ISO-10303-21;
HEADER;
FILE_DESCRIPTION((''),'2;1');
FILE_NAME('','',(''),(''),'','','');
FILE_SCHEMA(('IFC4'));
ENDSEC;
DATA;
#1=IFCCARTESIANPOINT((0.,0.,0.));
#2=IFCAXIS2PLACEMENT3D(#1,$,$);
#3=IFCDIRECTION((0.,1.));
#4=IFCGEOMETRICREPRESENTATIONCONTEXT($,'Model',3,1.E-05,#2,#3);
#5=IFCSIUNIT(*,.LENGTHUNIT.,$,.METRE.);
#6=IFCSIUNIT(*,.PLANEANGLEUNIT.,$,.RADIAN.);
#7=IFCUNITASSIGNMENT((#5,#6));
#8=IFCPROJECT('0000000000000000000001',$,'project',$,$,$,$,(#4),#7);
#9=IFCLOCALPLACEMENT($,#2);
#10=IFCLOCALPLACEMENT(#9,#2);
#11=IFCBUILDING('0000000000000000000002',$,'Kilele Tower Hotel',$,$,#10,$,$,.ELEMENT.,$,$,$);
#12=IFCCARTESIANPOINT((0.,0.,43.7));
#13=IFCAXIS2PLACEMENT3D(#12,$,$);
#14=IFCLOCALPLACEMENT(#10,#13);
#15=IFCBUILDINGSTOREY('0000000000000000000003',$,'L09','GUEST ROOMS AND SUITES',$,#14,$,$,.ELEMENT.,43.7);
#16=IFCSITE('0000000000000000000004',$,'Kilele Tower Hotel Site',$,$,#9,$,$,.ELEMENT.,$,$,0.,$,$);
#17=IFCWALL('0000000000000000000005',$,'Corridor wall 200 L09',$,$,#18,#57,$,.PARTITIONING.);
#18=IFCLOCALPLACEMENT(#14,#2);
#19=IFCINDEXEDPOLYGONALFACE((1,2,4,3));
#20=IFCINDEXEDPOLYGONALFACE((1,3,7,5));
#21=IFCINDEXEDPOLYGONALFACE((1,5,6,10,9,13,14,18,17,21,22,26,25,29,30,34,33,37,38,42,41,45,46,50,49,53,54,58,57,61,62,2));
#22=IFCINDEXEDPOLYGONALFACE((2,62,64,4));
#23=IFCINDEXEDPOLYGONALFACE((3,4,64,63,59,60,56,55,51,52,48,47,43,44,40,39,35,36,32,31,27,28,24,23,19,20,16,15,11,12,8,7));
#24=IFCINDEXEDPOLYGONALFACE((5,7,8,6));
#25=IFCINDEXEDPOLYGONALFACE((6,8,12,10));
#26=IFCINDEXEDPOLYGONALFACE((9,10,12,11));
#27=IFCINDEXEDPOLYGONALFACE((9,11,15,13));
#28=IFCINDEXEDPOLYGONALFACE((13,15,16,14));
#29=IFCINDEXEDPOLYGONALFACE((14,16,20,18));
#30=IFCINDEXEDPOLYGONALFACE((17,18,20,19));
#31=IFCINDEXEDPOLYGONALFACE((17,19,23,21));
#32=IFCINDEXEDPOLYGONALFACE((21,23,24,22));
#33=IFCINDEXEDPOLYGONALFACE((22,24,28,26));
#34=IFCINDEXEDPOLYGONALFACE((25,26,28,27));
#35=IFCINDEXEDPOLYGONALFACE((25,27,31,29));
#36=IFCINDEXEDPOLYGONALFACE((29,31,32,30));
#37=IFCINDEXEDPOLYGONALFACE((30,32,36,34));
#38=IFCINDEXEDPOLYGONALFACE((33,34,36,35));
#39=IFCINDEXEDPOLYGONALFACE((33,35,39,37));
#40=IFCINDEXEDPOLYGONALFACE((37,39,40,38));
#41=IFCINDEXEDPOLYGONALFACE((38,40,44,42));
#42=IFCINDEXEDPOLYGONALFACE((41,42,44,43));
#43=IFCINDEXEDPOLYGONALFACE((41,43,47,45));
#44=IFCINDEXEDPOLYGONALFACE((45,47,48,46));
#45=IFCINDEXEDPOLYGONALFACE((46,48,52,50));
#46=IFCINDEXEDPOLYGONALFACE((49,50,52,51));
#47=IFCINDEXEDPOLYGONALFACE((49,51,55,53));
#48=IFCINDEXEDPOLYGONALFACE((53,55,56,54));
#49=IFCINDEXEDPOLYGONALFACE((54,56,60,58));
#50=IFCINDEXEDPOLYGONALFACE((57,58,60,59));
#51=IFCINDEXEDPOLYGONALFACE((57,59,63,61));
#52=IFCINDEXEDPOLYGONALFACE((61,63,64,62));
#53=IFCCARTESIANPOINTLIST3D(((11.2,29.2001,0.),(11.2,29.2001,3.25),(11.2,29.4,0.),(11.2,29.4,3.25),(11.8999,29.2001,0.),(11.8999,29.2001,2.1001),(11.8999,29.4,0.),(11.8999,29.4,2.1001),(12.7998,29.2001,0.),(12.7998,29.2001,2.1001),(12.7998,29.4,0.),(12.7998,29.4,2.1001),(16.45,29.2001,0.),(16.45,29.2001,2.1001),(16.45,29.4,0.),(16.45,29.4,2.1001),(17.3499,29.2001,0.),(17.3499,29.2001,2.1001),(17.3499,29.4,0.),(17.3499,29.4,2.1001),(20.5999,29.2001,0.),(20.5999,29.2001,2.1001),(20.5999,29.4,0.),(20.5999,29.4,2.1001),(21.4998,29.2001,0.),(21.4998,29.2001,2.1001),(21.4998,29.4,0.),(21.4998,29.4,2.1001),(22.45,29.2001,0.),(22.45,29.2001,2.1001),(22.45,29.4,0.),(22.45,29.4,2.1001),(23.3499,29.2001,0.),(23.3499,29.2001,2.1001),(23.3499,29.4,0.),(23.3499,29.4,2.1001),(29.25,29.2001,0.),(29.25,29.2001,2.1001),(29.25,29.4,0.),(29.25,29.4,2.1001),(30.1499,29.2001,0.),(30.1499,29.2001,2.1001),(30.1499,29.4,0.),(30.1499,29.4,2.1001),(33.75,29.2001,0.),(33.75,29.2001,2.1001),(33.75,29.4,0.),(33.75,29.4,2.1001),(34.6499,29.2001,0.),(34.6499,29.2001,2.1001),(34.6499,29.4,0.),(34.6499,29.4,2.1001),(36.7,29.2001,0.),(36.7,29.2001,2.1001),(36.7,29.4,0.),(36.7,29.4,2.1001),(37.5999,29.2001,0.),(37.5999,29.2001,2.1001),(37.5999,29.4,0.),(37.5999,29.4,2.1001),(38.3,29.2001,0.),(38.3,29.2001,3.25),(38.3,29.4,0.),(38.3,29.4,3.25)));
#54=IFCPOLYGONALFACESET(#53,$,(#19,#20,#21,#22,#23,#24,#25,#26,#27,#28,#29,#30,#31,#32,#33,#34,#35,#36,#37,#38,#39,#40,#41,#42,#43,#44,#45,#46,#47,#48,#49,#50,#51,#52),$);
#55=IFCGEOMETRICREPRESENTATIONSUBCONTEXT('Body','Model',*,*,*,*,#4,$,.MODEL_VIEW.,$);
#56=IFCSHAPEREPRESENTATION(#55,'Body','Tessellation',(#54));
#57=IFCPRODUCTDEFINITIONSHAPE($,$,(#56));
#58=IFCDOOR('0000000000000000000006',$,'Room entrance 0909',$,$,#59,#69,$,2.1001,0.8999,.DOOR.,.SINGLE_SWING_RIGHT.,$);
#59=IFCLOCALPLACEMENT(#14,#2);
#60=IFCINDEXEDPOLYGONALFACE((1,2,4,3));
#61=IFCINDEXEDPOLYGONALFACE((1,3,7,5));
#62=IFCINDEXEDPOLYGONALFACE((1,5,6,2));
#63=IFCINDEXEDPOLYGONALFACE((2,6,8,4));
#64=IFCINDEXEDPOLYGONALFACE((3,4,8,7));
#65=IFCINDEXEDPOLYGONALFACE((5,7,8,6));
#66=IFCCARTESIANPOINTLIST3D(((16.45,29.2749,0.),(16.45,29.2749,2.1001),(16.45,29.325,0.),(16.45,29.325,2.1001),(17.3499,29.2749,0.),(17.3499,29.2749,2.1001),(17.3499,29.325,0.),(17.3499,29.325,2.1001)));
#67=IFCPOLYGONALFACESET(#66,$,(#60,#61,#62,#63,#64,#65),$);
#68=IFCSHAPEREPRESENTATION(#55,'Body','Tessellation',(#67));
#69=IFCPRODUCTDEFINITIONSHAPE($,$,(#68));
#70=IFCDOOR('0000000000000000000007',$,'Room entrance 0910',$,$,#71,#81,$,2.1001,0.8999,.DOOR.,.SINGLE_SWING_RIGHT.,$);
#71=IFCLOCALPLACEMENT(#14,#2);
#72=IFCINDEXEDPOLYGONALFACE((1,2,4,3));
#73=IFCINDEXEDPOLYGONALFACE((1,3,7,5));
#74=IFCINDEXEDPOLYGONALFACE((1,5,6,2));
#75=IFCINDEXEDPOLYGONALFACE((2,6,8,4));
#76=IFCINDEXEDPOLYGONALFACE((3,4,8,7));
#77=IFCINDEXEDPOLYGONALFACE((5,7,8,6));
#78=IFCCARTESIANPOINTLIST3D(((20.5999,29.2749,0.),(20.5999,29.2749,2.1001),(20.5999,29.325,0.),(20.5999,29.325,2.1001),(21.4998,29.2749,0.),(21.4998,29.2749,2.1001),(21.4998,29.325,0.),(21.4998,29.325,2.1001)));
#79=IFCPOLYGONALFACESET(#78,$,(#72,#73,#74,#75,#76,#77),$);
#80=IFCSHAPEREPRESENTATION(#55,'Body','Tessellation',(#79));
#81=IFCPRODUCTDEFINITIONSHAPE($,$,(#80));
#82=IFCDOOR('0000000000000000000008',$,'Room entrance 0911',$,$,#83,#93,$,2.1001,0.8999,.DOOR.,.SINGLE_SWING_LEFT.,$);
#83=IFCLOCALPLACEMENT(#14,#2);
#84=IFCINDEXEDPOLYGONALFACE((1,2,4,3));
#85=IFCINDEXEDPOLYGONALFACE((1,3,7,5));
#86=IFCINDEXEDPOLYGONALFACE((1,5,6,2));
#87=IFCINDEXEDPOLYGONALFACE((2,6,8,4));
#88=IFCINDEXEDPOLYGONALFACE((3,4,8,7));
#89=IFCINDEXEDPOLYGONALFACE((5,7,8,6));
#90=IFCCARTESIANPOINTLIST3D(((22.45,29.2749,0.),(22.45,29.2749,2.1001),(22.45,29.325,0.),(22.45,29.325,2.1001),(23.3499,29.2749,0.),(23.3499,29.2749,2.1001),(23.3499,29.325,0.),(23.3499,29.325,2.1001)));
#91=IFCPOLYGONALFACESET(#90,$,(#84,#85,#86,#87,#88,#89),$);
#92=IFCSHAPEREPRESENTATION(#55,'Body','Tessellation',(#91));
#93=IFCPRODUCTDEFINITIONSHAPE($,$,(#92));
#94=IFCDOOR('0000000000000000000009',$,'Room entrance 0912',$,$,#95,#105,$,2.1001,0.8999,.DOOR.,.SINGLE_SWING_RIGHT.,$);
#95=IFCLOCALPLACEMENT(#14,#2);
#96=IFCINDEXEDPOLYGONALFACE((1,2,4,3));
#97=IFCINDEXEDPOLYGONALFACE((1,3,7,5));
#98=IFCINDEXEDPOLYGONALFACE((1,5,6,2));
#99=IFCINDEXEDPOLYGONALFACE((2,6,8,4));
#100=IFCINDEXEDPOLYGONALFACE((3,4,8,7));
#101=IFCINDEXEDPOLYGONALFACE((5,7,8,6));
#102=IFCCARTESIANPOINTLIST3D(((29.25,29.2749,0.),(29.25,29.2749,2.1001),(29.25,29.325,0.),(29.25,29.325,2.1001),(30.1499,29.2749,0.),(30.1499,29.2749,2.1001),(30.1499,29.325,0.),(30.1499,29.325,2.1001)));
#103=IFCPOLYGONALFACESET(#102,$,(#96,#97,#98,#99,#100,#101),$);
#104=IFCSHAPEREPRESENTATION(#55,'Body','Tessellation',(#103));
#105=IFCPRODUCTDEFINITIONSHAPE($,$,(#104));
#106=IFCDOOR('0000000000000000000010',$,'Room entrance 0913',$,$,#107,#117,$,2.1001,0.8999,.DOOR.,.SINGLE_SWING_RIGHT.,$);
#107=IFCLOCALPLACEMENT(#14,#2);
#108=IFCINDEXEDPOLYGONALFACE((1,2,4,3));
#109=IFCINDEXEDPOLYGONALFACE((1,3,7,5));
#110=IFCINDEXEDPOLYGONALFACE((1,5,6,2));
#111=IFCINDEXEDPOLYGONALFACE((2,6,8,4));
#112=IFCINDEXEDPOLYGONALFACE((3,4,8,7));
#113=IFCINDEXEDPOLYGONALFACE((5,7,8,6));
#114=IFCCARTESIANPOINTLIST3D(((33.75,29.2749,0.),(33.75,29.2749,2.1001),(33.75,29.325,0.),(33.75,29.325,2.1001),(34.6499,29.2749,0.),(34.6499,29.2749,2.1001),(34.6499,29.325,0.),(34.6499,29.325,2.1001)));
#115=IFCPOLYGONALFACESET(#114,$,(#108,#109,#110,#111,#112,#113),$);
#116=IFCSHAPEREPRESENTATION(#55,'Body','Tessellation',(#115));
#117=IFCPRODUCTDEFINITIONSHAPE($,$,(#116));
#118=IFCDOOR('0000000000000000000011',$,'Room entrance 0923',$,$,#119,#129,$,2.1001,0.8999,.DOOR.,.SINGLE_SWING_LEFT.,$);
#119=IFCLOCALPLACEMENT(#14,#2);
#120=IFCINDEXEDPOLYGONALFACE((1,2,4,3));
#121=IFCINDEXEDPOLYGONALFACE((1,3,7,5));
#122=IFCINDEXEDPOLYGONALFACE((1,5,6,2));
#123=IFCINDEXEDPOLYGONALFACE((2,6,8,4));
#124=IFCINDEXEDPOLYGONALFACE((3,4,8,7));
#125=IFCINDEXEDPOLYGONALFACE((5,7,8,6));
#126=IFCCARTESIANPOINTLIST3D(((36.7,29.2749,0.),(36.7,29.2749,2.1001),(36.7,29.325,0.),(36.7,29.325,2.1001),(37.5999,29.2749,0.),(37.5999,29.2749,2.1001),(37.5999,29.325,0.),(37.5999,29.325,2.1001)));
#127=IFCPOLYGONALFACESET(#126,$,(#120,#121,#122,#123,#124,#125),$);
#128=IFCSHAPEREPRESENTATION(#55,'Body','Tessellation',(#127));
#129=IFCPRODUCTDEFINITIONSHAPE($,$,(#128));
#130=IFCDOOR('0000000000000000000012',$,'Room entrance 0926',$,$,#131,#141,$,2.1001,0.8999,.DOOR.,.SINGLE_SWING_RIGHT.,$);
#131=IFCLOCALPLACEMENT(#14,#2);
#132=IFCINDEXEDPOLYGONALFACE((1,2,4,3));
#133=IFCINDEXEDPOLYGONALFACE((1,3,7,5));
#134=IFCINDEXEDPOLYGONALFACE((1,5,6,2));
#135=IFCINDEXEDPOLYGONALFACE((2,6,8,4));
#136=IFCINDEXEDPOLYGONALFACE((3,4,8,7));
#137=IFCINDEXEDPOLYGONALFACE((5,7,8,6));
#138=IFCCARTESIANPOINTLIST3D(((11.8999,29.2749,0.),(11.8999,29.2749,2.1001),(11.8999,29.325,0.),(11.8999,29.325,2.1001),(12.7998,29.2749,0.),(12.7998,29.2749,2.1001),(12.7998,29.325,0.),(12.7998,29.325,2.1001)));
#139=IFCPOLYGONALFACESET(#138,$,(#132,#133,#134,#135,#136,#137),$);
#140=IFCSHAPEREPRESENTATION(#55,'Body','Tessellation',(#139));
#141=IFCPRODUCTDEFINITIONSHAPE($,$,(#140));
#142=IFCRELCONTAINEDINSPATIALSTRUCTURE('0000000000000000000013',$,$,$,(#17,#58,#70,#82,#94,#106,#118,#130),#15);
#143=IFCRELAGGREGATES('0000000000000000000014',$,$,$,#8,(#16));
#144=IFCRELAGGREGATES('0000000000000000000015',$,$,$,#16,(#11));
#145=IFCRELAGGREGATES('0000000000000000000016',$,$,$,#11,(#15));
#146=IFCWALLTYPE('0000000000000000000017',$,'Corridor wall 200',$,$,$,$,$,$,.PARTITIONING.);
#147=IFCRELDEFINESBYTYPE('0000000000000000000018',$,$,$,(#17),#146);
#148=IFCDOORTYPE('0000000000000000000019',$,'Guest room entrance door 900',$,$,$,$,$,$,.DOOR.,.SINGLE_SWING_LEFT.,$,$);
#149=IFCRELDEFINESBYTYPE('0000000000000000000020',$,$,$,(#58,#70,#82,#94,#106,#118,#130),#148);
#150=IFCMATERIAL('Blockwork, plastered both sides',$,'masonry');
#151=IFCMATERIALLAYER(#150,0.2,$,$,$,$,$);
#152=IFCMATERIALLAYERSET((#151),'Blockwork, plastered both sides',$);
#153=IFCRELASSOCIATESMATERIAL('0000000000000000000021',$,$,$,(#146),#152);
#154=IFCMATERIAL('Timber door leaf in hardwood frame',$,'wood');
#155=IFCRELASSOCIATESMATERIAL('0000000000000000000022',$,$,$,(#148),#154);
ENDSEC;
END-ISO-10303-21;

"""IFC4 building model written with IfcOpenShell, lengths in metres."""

from ifc_helpers import new_model, si_unit, direction, frame, frame_2d, origin, place, context, subcontext, project, spatial, rectangle, extrude, material, layer, layer_set, type_object, element, fill, save


model = new_model("IFC4")

# Units and contexts
model_context = context("Model", 3, precision=1e-05, world=origin(), true_north=direction((0.0, 1.0)))
body_context = subcontext(model_context, "Body", "Model", "MODEL_VIEW")
ifc_project = project(units=[si_unit("LENGTHUNIT", "METRE"), si_unit("PLANEANGLEUNIT", "RADIAN")], contexts=[model_context])

# Site, building, storey
site_placement = place(None, origin())
site = spatial("IfcSite", under=ifc_project, at=site_placement, Name="Kilele Tower Hotel Site", CompositionType="ELEMENT", RefElevation=0.0)
building_placement = place(site_placement, origin())
building = spatial("IfcBuilding", under=site, at=building_placement, Name="Kilele Tower Hotel", CompositionType="ELEMENT")
storey_placement = place(building_placement, frame((0.0, 0.0, 43.7)))
storey = spatial("IfcBuildingStorey", under=building, at=storey_placement, Name="L09", Description="GUEST ROOMS AND SUITES", CompositionType="ELEMENT", Elevation=43.7)

# Wall, openings, doors
ifc_material_1 = material(Name="Blockwork, plastered both sides", Category="masonry")
ifc_layer_1 = layer(ifc_material_1, 0.2)
ifc_layer_set_1 = layer_set([ifc_layer_1], Name="Blockwork, plastered both sides")
wall_type_1 = type_object("IfcWallType", Name="Corridor wall 200", PredefinedType="PARTITIONING", material=ifc_layer_set_1)
wall_1_placement = place(storey_placement, frame((11.2, 29.3, 0.0), z_axis=(0.0, 0.0, 1.0), x_axis=(1.0, 0.0, 0.0)))
wall_1 = element("IfcWall", 1, at=wall_1_placement, inside=storey, type_object=wall_type_1, Name="Corridor wall 200 L09", PredefinedType="PARTITIONING", context=body_context, shape_type="SweptSolid", body=[
    extrude(rectangle(XDim=27.1001, YDim=0.2, at=frame_2d((13.55, 0.0))), origin(), (0.0, 0.0, 1.0), 3.25),
])
opening_1_placement = place(wall_1_placement, frame((5.25, 0.0, 0.0)))
opening_1 = element("IfcOpeningElement", 2, at=opening_1_placement, cuts=wall_1, PredefinedType="OPENING", context=body_context, shape_type="SweptSolid", body=[
    extrude(rectangle(XDim=0.8999, YDim=2.1001, at=frame_2d((0.45, 1.05))), frame((0.0, 0.1099, 0.0), z_axis=(0.0, -1.0, 0.0), x_axis=(1.0, 0.0, 0.0)), (0.0, 0.0, 1.0), 0.22),
])
opening_2_placement = place(wall_1_placement, frame((9.3999, 0.0, 0.0)))
opening_2 = element("IfcOpeningElement", 3, at=opening_2_placement, cuts=wall_1, PredefinedType="OPENING", context=body_context, shape_type="SweptSolid", body=[
    extrude(rectangle(XDim=0.8999, YDim=2.1001, at=frame_2d((0.45, 1.05))), frame((0.0, 0.1099, 0.0), z_axis=(0.0, -1.0, 0.0), x_axis=(1.0, 0.0, 0.0)), (0.0, 0.0, 1.0), 0.22),
])
opening_3_placement = place(wall_1_placement, frame((11.25, 0.0, 0.0)))
opening_3 = element("IfcOpeningElement", 4, at=opening_3_placement, cuts=wall_1, PredefinedType="OPENING", context=body_context, shape_type="SweptSolid", body=[
    extrude(rectangle(XDim=0.8999, YDim=2.1001, at=frame_2d((0.45, 1.05))), frame((0.0, 0.1099, 0.0), z_axis=(0.0, -1.0, 0.0), x_axis=(1.0, 0.0, 0.0)), (0.0, 0.0, 1.0), 0.22),
])
opening_4_placement = place(wall_1_placement, frame((18.05, 0.0, 0.0)))
opening_4 = element("IfcOpeningElement", 5, at=opening_4_placement, cuts=wall_1, PredefinedType="OPENING", context=body_context, shape_type="SweptSolid", body=[
    extrude(rectangle(XDim=0.8999, YDim=2.1001, at=frame_2d((0.45, 1.05))), frame((0.0, 0.1099, 0.0), z_axis=(0.0, -1.0, 0.0), x_axis=(1.0, 0.0, 0.0)), (0.0, 0.0, 1.0), 0.22),
])
opening_5_placement = place(wall_1_placement, frame((22.55, 0.0, 0.0)))
opening_5 = element("IfcOpeningElement", 6, at=opening_5_placement, cuts=wall_1, PredefinedType="OPENING", context=body_context, shape_type="SweptSolid", body=[
    extrude(rectangle(XDim=0.8999, YDim=2.1001, at=frame_2d((0.45, 1.05))), frame((0.0, 0.1099, 0.0), z_axis=(0.0, -1.0, 0.0), x_axis=(1.0, 0.0, 0.0)), (0.0, 0.0, 1.0), 0.22),
])
opening_6_placement = place(wall_1_placement, frame((25.5, 0.0, 0.0)))
opening_6 = element("IfcOpeningElement", 7, at=opening_6_placement, cuts=wall_1, PredefinedType="OPENING", context=body_context, shape_type="SweptSolid", body=[
    extrude(rectangle(XDim=0.8999, YDim=2.1001, at=frame_2d((0.45, 1.05))), frame((0.0, 0.1099, 0.0), z_axis=(0.0, -1.0, 0.0), x_axis=(1.0, 0.0, 0.0)), (0.0, 0.0, 1.0), 0.22),
])
opening_7_placement = place(wall_1_placement, frame((0.7, 0.0, 0.0)))
opening_7 = element("IfcOpeningElement", 8, at=opening_7_placement, cuts=wall_1, PredefinedType="OPENING", context=body_context, shape_type="SweptSolid", body=[
    extrude(rectangle(XDim=0.8999, YDim=2.1001, at=frame_2d((0.45, 1.05))), frame((0.0, 0.1099, 0.0), z_axis=(0.0, -1.0, 0.0), x_axis=(1.0, 0.0, 0.0)), (0.0, 0.0, 1.0), 0.22),
])
ifc_material_2 = material(Name="Timber door leaf in hardwood frame", Category="wood")
door_type_1 = type_object("IfcDoorType", Name="Guest room entrance door 900", OperationType="SINGLE_SWING_LEFT", PredefinedType="DOOR", material=ifc_material_2)
door_1_placement = place(opening_1_placement, origin())
door_1 = element("IfcDoor", 9, at=door_1_placement, inside=storey, type_object=door_type_1, Name="Room entrance 0909", OperationType="SINGLE_SWING_RIGHT", OverallHeight=2.1001, OverallWidth=0.8999, PredefinedType="DOOR", context=body_context, shape_type="SweptSolid", body=[
    extrude(rectangle(XDim=0.8999, YDim=2.1001, at=frame_2d((0.45, 1.05))), frame((0.0, 0.0249, 0.0), z_axis=(0.0, -1.0, 0.0), x_axis=(1.0, 0.0, 0.0)), (0.0, 0.0, 1.0), 0.05),
])
fill(opening_1, door_1)
door_2_placement = place(opening_2_placement, origin())
door_2 = element("IfcDoor", 10, at=door_2_placement, inside=storey, type_object=door_type_1, Name="Room entrance 0910", OperationType="SINGLE_SWING_RIGHT", OverallHeight=2.1001, OverallWidth=0.8999, PredefinedType="DOOR", context=body_context, shape_type="SweptSolid", body=[
    extrude(rectangle(XDim=0.8999, YDim=2.1001, at=frame_2d((0.45, 1.05))), frame((0.0, 0.0249, 0.0), z_axis=(0.0, -1.0, 0.0), x_axis=(1.0, 0.0, 0.0)), (0.0, 0.0, 1.0), 0.05),
])
fill(opening_2, door_2)
door_3_placement = place(opening_3_placement, origin())
door_3 = element("IfcDoor", 11, at=door_3_placement, inside=storey, type_object=door_type_1, Name="Room entrance 0911", OperationType="SINGLE_SWING_LEFT", OverallHeight=2.1001, OverallWidth=0.8999, PredefinedType="DOOR", context=body_context, shape_type="SweptSolid", body=[
    extrude(rectangle(XDim=0.8999, YDim=2.1001, at=frame_2d((0.45, 1.05))), frame((0.0, 0.0249, 0.0), z_axis=(0.0, -1.0, 0.0), x_axis=(1.0, 0.0, 0.0)), (0.0, 0.0, 1.0), 0.05),
])
fill(opening_3, door_3)
door_4_placement = place(opening_4_placement, origin())
door_4 = element("IfcDoor", 12, at=door_4_placement, inside=storey, type_object=door_type_1, Name="Room entrance 0912", OperationType="SINGLE_SWING_RIGHT", OverallHeight=2.1001, OverallWidth=0.8999, PredefinedType="DOOR", context=body_context, shape_type="SweptSolid", body=[
    extrude(rectangle(XDim=0.8999, YDim=2.1001, at=frame_2d((0.45, 1.05))), frame((0.0, 0.0249, 0.0), z_axis=(0.0, -1.0, 0.0), x_axis=(1.0, 0.0, 0.0)), (0.0, 0.0, 1.0), 0.05),
])
fill(opening_4, door_4)
door_5_placement = place(opening_5_placement, origin())
door_5 = element("IfcDoor", 13, at=door_5_placement, inside=storey, type_object=door_type_1, Name="Room entrance 0913", OperationType="SINGLE_SWING_RIGHT", OverallHeight=2.1001, OverallWidth=0.8999, PredefinedType="DOOR", context=body_context, shape_type="SweptSolid", body=[
    extrude(rectangle(XDim=0.8999, YDim=2.1001, at=frame_2d((0.45, 1.05))), frame((0.0, 0.0249, 0.0), z_axis=(0.0, -1.0, 0.0), x_axis=(1.0, 0.0, 0.0)), (0.0, 0.0, 1.0), 0.05),
])
fill(opening_5, door_5)
door_6_placement = place(opening_6_placement, origin())
door_6 = element("IfcDoor", 14, at=door_6_placement, inside=storey, type_object=door_type_1, Name="Room entrance 0923", OperationType="SINGLE_SWING_LEFT", OverallHeight=2.1001, OverallWidth=0.8999, PredefinedType="DOOR", context=body_context, shape_type="SweptSolid", body=[
    extrude(rectangle(XDim=0.8999, YDim=2.1001, at=frame_2d((0.45, 1.05))), frame((0.0, 0.0249, 0.0), z_axis=(0.0, -1.0, 0.0), x_axis=(1.0, 0.0, 0.0)), (0.0, 0.0, 1.0), 0.05),
])
fill(opening_6, door_6)
door_7_placement = place(opening_7_placement, origin())
door_7 = element("IfcDoor", 15, at=door_7_placement, inside=storey, type_object=door_type_1, Name="Room entrance 0926", OperationType="SINGLE_SWING_RIGHT", OverallHeight=2.1001, OverallWidth=0.8999, PredefinedType="DOOR", context=body_context, shape_type="SweptSolid", body=[
    extrude(rectangle(XDim=0.8999, YDim=2.1001, at=frame_2d((0.45, 1.05))), frame((0.0, 0.0249, 0.0), z_axis=(0.0, -1.0, 0.0), x_axis=(1.0, 0.0, 0.0)), (0.0, 0.0, 1.0), 0.05),
])
fill(opening_7, door_7)

save(model, "model.ifc")
